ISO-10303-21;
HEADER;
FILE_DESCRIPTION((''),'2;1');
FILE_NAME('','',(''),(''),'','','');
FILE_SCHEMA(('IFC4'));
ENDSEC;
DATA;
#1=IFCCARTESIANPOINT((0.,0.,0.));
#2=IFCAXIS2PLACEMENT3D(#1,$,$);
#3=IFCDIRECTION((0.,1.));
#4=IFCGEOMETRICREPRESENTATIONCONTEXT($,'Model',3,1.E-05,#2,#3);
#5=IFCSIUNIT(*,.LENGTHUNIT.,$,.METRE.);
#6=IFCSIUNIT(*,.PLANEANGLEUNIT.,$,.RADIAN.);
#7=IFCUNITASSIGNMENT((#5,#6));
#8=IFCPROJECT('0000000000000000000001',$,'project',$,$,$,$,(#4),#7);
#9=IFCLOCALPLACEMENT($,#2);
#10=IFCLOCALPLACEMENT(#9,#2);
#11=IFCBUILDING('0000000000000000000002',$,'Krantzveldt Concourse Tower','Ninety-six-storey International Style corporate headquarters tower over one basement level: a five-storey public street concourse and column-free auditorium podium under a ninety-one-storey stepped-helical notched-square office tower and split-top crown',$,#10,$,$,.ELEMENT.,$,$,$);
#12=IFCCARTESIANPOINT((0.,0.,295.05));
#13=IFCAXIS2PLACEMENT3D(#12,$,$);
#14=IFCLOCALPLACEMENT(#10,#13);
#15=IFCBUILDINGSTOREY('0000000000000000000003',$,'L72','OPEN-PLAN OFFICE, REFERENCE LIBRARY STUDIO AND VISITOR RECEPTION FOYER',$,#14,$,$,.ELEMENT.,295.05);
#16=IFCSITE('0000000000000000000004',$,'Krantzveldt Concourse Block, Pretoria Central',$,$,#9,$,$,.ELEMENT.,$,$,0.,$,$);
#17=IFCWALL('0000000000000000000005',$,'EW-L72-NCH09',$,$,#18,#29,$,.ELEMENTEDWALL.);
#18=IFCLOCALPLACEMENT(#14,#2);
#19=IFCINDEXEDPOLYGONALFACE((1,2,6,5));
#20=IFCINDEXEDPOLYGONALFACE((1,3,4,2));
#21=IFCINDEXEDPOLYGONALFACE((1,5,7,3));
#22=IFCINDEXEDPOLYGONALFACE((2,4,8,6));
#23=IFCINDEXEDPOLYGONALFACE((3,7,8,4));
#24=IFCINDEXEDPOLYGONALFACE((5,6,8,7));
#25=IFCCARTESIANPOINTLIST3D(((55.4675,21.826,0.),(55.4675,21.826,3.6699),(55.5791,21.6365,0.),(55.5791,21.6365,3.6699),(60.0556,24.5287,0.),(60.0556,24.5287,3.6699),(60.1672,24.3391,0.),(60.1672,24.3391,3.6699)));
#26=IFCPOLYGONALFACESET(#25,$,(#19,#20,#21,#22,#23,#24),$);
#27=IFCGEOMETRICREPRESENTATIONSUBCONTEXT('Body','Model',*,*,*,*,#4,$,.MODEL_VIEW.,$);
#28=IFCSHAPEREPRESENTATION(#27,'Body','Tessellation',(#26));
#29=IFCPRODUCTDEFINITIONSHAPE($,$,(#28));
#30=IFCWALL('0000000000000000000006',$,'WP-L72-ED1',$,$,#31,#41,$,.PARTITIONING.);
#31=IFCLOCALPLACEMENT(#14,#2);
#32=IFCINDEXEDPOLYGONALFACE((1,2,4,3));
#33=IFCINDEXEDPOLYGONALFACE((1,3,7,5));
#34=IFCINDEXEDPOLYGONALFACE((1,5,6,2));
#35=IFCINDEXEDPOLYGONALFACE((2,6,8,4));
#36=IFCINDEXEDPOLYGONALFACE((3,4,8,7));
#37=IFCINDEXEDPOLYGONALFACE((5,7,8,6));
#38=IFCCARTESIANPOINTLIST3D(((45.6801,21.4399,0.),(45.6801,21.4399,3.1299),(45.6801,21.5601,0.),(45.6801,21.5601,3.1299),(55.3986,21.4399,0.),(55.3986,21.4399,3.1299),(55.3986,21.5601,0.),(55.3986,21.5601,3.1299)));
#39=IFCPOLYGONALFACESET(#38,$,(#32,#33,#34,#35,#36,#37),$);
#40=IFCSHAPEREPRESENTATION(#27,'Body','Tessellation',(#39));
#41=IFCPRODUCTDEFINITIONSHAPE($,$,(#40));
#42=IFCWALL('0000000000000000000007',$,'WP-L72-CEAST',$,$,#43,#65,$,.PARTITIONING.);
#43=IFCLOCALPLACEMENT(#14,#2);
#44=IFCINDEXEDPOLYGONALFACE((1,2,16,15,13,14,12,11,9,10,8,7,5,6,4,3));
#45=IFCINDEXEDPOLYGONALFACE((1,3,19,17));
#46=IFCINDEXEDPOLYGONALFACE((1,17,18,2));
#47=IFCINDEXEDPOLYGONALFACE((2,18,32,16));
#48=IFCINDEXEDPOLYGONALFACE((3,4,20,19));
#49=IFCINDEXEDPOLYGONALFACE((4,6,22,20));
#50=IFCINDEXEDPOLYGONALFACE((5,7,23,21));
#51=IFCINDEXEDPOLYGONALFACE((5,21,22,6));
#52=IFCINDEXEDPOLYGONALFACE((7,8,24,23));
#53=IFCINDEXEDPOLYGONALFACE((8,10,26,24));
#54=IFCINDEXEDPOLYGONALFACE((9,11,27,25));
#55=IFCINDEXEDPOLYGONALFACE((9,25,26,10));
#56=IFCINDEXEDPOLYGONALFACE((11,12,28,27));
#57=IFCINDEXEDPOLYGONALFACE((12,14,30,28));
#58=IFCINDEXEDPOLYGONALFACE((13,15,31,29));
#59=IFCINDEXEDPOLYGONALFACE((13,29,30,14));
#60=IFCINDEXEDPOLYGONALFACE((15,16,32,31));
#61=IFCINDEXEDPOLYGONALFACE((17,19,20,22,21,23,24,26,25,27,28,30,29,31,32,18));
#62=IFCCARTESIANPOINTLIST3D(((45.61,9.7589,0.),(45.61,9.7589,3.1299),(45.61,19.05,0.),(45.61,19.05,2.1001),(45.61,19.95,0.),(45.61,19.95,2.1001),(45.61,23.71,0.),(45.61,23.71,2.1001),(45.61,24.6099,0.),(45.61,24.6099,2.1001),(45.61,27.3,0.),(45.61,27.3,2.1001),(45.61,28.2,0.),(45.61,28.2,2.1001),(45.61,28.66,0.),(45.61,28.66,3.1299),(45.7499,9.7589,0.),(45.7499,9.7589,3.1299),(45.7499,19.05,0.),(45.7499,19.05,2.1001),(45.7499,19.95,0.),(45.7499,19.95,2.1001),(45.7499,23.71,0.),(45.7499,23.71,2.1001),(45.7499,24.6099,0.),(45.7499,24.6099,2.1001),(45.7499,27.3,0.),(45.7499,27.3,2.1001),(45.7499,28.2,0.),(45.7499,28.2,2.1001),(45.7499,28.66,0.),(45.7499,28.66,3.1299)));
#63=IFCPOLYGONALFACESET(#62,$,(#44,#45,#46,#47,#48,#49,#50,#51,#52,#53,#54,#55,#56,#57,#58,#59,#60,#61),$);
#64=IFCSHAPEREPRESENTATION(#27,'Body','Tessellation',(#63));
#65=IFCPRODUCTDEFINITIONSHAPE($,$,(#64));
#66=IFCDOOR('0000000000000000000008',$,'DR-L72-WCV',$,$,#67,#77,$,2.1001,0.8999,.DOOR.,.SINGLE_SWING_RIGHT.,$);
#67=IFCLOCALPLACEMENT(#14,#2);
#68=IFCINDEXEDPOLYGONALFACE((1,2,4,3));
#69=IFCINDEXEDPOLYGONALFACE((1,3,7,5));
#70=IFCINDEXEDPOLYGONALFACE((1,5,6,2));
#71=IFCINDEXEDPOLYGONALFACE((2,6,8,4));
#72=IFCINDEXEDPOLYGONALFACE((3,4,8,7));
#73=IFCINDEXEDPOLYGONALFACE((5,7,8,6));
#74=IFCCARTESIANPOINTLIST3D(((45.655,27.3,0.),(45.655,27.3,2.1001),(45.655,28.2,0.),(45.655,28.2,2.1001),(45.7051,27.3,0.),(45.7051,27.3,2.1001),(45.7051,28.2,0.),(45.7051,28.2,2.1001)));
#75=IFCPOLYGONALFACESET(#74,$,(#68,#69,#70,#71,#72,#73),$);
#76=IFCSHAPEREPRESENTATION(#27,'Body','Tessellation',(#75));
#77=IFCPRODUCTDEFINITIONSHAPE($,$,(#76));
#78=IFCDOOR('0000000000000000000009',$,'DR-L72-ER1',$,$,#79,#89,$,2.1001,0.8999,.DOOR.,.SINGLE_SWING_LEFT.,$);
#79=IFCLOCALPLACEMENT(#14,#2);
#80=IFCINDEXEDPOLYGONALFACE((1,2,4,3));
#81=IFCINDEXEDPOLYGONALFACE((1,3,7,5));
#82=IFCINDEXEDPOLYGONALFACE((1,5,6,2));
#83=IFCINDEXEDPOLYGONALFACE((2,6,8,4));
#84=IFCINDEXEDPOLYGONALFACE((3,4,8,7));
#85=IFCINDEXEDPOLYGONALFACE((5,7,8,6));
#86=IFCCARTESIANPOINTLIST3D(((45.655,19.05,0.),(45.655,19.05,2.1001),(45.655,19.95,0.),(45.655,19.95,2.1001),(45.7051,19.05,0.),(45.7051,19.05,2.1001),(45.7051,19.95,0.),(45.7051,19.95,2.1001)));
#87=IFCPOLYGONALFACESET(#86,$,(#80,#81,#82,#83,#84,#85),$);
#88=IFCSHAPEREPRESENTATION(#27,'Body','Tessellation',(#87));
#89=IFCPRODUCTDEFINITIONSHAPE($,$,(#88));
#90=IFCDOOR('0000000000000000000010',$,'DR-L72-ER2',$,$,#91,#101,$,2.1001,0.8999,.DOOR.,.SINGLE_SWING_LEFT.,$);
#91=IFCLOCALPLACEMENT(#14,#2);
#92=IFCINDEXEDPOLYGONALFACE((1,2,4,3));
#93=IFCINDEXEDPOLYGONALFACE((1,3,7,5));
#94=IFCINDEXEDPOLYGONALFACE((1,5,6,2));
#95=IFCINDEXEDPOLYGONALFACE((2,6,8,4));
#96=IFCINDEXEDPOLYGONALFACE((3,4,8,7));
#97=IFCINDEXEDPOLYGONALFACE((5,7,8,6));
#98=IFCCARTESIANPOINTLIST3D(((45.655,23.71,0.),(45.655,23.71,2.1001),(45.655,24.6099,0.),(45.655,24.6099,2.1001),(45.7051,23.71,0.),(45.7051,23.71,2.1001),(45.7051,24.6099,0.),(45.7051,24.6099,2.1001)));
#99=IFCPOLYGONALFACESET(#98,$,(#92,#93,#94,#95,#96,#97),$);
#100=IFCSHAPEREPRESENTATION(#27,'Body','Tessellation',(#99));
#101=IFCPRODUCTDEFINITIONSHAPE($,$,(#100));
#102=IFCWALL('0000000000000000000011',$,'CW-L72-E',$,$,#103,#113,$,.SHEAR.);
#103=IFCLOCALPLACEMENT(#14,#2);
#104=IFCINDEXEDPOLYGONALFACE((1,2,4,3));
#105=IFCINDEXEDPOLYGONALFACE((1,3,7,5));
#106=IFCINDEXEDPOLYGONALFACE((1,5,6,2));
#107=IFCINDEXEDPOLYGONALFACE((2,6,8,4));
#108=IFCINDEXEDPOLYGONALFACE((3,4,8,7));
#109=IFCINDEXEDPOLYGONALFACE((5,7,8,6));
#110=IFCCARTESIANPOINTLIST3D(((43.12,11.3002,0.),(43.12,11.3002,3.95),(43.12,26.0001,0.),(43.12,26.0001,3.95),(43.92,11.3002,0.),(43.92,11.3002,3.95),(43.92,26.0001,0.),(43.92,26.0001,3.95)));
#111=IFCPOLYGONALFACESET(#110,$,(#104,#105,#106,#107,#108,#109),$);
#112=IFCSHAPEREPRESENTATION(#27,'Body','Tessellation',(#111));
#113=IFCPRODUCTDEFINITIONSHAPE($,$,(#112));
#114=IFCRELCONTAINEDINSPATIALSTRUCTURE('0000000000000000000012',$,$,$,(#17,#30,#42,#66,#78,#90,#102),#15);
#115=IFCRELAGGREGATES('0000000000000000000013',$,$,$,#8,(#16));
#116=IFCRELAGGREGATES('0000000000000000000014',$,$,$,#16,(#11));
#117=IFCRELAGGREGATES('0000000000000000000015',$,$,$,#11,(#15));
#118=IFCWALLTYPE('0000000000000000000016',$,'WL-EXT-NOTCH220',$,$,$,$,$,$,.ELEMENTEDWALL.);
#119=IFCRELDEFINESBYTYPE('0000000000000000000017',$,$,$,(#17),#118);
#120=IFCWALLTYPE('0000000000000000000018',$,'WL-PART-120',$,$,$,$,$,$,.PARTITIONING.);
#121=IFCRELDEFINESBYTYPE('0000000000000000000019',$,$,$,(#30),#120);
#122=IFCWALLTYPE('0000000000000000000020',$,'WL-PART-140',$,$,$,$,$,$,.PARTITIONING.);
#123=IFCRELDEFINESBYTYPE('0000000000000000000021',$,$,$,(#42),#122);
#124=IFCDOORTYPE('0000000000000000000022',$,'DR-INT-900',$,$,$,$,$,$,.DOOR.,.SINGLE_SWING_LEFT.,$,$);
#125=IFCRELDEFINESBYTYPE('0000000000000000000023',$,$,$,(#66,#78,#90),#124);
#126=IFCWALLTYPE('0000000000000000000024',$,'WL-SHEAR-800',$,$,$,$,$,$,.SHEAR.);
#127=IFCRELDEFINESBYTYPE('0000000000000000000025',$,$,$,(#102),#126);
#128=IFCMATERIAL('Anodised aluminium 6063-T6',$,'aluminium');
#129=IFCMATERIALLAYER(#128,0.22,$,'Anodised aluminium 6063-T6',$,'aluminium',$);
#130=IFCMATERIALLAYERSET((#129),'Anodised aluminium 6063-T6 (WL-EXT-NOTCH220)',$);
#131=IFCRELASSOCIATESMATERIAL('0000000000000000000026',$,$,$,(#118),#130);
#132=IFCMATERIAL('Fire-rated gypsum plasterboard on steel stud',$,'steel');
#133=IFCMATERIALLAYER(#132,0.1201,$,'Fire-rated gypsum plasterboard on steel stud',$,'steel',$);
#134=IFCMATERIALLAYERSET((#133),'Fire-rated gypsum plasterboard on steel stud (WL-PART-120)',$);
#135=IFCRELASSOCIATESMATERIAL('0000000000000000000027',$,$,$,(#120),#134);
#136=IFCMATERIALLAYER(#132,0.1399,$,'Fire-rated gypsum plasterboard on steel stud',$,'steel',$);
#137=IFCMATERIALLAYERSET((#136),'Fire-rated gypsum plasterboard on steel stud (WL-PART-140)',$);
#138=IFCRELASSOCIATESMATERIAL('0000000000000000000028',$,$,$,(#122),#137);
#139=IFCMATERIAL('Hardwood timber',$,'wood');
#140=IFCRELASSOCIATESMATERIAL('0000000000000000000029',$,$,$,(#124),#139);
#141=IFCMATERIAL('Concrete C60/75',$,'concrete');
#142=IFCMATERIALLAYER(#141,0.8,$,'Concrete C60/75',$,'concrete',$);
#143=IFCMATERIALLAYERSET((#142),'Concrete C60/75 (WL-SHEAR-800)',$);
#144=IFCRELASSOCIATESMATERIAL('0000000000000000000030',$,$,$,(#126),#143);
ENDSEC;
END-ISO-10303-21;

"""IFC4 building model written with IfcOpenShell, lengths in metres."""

from ifc_helpers import new_model, si_unit, direction, frame, frame_2d, origin, place, context, subcontext, project, spatial, rectangle, extrude, material, layer, layer_set, type_object, element, fill, save


model = new_model("IFC4")

# Units and contexts
model_context = context("Model", 3, precision=1e-05, world=origin(), true_north=direction((0.0, 1.0)))
body_context = subcontext(model_context, "Body", "Model", "MODEL_VIEW")
ifc_project = project(units=[si_unit("LENGTHUNIT", "METRE"), si_unit("PLANEANGLEUNIT", "RADIAN")], contexts=[model_context])

# Site, building, storey
site_placement = place(None, origin())
site = spatial("IfcSite", under=ifc_project, at=site_placement, Name="Krantzveldt Concourse Block, Pretoria Central", CompositionType="ELEMENT", RefElevation=0.0)
building_placement = place(site_placement, origin())
building = spatial("IfcBuilding", under=site, at=building_placement, Name="Krantzveldt Concourse Tower", Description="Ninety-six-storey International Style corporate headquarters tower over one basement level: a five-storey public street concourse and column-free auditorium podium under a ninety-one-storey stepped-helical notched-square office tower and split-top crown", CompositionType="ELEMENT")
storey_placement = place(building_placement, frame((0.0, 0.0, 295.05)))
storey = spatial("IfcBuildingStorey", under=building, at=storey_placement, Name="L72", Description="OPEN-PLAN OFFICE, REFERENCE LIBRARY STUDIO AND VISITOR RECEPTION FOYER", CompositionType="ELEMENT", Elevation=295.05)

# Shared definitions
ifc_material_1 = material(Name="Anodised aluminium 6063-T6", Category="aluminium")

# Walls
ifc_layer_1 = layer(ifc_material_1, 0.22, Name="Anodised aluminium 6063-T6", Category="aluminium")
ifc_layer_set_1 = layer_set([ifc_layer_1], Name="Anodised aluminium 6063-T6 (WL-EXT-NOTCH220)")
wall_type_1 = type_object("IfcWallType", Name="WL-EXT-NOTCH220", PredefinedType="ELEMENTEDWALL", material=ifc_layer_set_1)
wall_1_placement = place(storey_placement, frame((55.5232, 21.7312, 0.0), z_axis=(0.0, 0.0, 1.0), x_axis=(0.861628, 0.507541, 0.0)))
element("IfcWall", 1, at=wall_1_placement, inside=storey, type_object=wall_type_1, Name="EW-L72-NCH09", PredefinedType="ELEMENTEDWALL", context=body_context, shape_type="SweptSolid", body=[
    extrude(rectangle(XDim=5.325, YDim=0.22, at=frame_2d((2.6626, 0.0))), origin(), (0.0, 0.0, 1.0), 3.6699),
])
ifc_material_2 = material(Name="Fire-rated gypsum plasterboard on steel stud", Category="steel")
ifc_layer_2 = layer(ifc_material_2, 0.1201, Name="Fire-rated gypsum plasterboard on steel stud", Category="steel")
ifc_layer_set_2 = layer_set([ifc_layer_2], Name="Fire-rated gypsum plasterboard on steel stud (WL-PART-120)")
wall_type_2 = type_object("IfcWallType", Name="WL-PART-120", PredefinedType="PARTITIONING", material=ifc_layer_set_2)
wall_2_placement = place(storey_placement, frame((45.6799, 21.5, 0.0), z_axis=(0.0, 0.0, 1.0), x_axis=(1.0, 0.0, 0.0)))
element("IfcWall", 2, at=wall_2_placement, inside=storey, type_object=wall_type_2, Name="WP-L72-ED1", PredefinedType="PARTITIONING", context=body_context, shape_type="SweptSolid", body=[
    extrude(rectangle(XDim=9.7185, YDim=0.1201, at=frame_2d((4.8594, 0.0))), origin(), (0.0, 0.0, 1.0), 3.1299),
])

# Wall, openings, doors
ifc_layer_3 = layer(ifc_material_2, 0.1399, Name="Fire-rated gypsum plasterboard on steel stud", Category="steel")
ifc_layer_set_3 = layer_set([ifc_layer_3], Name="Fire-rated gypsum plasterboard on steel stud (WL-PART-140)")
wall_type_3 = type_object("IfcWallType", Name="WL-PART-140", PredefinedType="PARTITIONING", material=ifc_layer_set_3)
wall_3_placement = place(storey_placement, frame((45.6799, 9.7588, 0.0), z_axis=(0.0, 0.0, 1.0), x_axis=(0.0, 1.0, 0.0)))
wall_3 = element("IfcWall", 3, at=wall_3_placement, inside=storey, type_object=wall_type_3, Name="WP-L72-CEAST", PredefinedType="PARTITIONING", context=body_context, shape_type="SweptSolid", body=[
    extrude(rectangle(XDim=18.9011, YDim=0.1399, at=frame_2d((9.4507, 0.0))), origin(), (0.0, 0.0, 1.0), 3.1299),
])
opening_1_placement = place(wall_3_placement, frame((17.5413, 0.0, 0.0)))
opening_1 = element("IfcOpeningElement", 4, at=opening_1_placement, cuts=wall_3, PredefinedType="OPENING", context=body_context, shape_type="SweptSolid", body=[
    extrude(rectangle(XDim=0.8999, YDim=2.1001, at=frame_2d((0.45, 1.05))), frame((0.0, 0.0801, 0.0), z_axis=(0.0, -1.0, 0.0), x_axis=(1.0, 0.0, 0.0)), (0.0, 0.0, 1.0), 0.1599),
])
opening_2_placement = place(wall_3_placement, frame((9.2913, 0.0, 0.0)))
opening_2 = element("IfcOpeningElement", 5, at=opening_2_placement, cuts=wall_3, PredefinedType="OPENING", context=body_context, shape_type="SweptSolid", body=[
    extrude(rectangle(XDim=0.8999, YDim=2.1001, at=frame_2d((0.45, 1.05))), frame((0.0, 0.0801, 0.0), z_axis=(0.0, -1.0, 0.0), x_axis=(1.0, 0.0, 0.0)), (0.0, 0.0, 1.0), 0.1599),
])
opening_3_placement = place(wall_3_placement, frame((13.9512, 0.0, 0.0)))
opening_3 = element("IfcOpeningElement", 6, at=opening_3_placement, cuts=wall_3, PredefinedType="OPENING", context=body_context, shape_type="SweptSolid", body=[
    extrude(rectangle(XDim=0.8999, YDim=2.1001, at=frame_2d((0.45, 1.05))), frame((0.0, 0.0801, 0.0), z_axis=(0.0, -1.0, 0.0), x_axis=(1.0, 0.0, 0.0)), (0.0, 0.0, 1.0), 0.1599),
])
ifc_material_3 = material(Name="Hardwood timber", Category="wood")
door_type = type_object("IfcDoorType", Name="DR-INT-900", OperationType="SINGLE_SWING_LEFT", PredefinedType="DOOR", material=ifc_material_3)
door_1_placement = place(opening_1_placement, origin())
door_1 = element("IfcDoor", 7, at=door_1_placement, inside=storey, type_object=door_type, Name="DR-L72-WCV", OperationType="SINGLE_SWING_RIGHT", OverallHeight=2.1001, OverallWidth=0.8999, PredefinedType="DOOR", context=body_context, shape_type="SweptSolid", body=[
    extrude(rectangle(XDim=0.8999, YDim=2.1001, at=frame_2d((0.45, 1.05))), frame((0.0, 0.0249, 0.0), z_axis=(0.0, -1.0, 0.0), x_axis=(1.0, 0.0, 0.0)), (0.0, 0.0, 1.0), 0.05),
])
fill(opening_1, door_1)
door_2_placement = place(opening_2_placement, origin())
door_2 = element("IfcDoor", 8, at=door_2_placement, inside=storey, type_object=door_type, Name="DR-L72-ER1", OperationType="SINGLE_SWING_LEFT", OverallHeight=2.1001, OverallWidth=0.8999, PredefinedType="DOOR", context=body_context, shape_type="SweptSolid", body=[
    extrude(rectangle(XDim=0.8999, YDim=2.1001, at=frame_2d((0.45, 1.05))), frame((0.0, 0.0249, 0.0), z_axis=(0.0, -1.0, 0.0), x_axis=(1.0, 0.0, 0.0)), (0.0, 0.0, 1.0), 0.05),
])
fill(opening_2, door_2)
door_3_placement = place(opening_3_placement, origin())
door_3 = element("IfcDoor", 9, at=door_3_placement, inside=storey, type_object=door_type, Name="DR-L72-ER2", OperationType="SINGLE_SWING_LEFT", OverallHeight=2.1001, OverallWidth=0.8999, PredefinedType="DOOR", context=body_context, shape_type="SweptSolid", body=[
    extrude(rectangle(XDim=0.8999, YDim=2.1001, at=frame_2d((0.45, 1.05))), frame((0.0, 0.0249, 0.0), z_axis=(0.0, -1.0, 0.0), x_axis=(1.0, 0.0, 0.0)), (0.0, 0.0, 1.0), 0.05),
])
fill(opening_3, door_3)

# Wall
ifc_material_4 = material(Name="Concrete C60/75", Category="concrete")
ifc_layer_4 = layer(ifc_material_4, 0.8, Name="Concrete C60/75", Category="concrete")
ifc_layer_set_4 = layer_set([ifc_layer_4], Name="Concrete C60/75 (WL-SHEAR-800)")
wall_type_4 = type_object("IfcWallType", Name="WL-SHEAR-800", PredefinedType="SHEAR", material=ifc_layer_set_4)
wall_4_placement = place(storey_placement, frame((43.52, 11.3, 0.0), z_axis=(0.0, 0.0, 1.0), x_axis=(0.0, 1.0, 0.0)))
element("IfcWall", 10, at=wall_4_placement, inside=storey, type_object=wall_type_4, Name="CW-L72-E", PredefinedType="SHEAR", context=body_context, shape_type="SweptSolid", body=[
    extrude(rectangle(XDim=14.7, YDim=0.8, at=frame_2d((7.3501, 0.0))), origin(), (0.0, 0.0, 1.0), 3.95),
])

save(model, "model.ifc")
